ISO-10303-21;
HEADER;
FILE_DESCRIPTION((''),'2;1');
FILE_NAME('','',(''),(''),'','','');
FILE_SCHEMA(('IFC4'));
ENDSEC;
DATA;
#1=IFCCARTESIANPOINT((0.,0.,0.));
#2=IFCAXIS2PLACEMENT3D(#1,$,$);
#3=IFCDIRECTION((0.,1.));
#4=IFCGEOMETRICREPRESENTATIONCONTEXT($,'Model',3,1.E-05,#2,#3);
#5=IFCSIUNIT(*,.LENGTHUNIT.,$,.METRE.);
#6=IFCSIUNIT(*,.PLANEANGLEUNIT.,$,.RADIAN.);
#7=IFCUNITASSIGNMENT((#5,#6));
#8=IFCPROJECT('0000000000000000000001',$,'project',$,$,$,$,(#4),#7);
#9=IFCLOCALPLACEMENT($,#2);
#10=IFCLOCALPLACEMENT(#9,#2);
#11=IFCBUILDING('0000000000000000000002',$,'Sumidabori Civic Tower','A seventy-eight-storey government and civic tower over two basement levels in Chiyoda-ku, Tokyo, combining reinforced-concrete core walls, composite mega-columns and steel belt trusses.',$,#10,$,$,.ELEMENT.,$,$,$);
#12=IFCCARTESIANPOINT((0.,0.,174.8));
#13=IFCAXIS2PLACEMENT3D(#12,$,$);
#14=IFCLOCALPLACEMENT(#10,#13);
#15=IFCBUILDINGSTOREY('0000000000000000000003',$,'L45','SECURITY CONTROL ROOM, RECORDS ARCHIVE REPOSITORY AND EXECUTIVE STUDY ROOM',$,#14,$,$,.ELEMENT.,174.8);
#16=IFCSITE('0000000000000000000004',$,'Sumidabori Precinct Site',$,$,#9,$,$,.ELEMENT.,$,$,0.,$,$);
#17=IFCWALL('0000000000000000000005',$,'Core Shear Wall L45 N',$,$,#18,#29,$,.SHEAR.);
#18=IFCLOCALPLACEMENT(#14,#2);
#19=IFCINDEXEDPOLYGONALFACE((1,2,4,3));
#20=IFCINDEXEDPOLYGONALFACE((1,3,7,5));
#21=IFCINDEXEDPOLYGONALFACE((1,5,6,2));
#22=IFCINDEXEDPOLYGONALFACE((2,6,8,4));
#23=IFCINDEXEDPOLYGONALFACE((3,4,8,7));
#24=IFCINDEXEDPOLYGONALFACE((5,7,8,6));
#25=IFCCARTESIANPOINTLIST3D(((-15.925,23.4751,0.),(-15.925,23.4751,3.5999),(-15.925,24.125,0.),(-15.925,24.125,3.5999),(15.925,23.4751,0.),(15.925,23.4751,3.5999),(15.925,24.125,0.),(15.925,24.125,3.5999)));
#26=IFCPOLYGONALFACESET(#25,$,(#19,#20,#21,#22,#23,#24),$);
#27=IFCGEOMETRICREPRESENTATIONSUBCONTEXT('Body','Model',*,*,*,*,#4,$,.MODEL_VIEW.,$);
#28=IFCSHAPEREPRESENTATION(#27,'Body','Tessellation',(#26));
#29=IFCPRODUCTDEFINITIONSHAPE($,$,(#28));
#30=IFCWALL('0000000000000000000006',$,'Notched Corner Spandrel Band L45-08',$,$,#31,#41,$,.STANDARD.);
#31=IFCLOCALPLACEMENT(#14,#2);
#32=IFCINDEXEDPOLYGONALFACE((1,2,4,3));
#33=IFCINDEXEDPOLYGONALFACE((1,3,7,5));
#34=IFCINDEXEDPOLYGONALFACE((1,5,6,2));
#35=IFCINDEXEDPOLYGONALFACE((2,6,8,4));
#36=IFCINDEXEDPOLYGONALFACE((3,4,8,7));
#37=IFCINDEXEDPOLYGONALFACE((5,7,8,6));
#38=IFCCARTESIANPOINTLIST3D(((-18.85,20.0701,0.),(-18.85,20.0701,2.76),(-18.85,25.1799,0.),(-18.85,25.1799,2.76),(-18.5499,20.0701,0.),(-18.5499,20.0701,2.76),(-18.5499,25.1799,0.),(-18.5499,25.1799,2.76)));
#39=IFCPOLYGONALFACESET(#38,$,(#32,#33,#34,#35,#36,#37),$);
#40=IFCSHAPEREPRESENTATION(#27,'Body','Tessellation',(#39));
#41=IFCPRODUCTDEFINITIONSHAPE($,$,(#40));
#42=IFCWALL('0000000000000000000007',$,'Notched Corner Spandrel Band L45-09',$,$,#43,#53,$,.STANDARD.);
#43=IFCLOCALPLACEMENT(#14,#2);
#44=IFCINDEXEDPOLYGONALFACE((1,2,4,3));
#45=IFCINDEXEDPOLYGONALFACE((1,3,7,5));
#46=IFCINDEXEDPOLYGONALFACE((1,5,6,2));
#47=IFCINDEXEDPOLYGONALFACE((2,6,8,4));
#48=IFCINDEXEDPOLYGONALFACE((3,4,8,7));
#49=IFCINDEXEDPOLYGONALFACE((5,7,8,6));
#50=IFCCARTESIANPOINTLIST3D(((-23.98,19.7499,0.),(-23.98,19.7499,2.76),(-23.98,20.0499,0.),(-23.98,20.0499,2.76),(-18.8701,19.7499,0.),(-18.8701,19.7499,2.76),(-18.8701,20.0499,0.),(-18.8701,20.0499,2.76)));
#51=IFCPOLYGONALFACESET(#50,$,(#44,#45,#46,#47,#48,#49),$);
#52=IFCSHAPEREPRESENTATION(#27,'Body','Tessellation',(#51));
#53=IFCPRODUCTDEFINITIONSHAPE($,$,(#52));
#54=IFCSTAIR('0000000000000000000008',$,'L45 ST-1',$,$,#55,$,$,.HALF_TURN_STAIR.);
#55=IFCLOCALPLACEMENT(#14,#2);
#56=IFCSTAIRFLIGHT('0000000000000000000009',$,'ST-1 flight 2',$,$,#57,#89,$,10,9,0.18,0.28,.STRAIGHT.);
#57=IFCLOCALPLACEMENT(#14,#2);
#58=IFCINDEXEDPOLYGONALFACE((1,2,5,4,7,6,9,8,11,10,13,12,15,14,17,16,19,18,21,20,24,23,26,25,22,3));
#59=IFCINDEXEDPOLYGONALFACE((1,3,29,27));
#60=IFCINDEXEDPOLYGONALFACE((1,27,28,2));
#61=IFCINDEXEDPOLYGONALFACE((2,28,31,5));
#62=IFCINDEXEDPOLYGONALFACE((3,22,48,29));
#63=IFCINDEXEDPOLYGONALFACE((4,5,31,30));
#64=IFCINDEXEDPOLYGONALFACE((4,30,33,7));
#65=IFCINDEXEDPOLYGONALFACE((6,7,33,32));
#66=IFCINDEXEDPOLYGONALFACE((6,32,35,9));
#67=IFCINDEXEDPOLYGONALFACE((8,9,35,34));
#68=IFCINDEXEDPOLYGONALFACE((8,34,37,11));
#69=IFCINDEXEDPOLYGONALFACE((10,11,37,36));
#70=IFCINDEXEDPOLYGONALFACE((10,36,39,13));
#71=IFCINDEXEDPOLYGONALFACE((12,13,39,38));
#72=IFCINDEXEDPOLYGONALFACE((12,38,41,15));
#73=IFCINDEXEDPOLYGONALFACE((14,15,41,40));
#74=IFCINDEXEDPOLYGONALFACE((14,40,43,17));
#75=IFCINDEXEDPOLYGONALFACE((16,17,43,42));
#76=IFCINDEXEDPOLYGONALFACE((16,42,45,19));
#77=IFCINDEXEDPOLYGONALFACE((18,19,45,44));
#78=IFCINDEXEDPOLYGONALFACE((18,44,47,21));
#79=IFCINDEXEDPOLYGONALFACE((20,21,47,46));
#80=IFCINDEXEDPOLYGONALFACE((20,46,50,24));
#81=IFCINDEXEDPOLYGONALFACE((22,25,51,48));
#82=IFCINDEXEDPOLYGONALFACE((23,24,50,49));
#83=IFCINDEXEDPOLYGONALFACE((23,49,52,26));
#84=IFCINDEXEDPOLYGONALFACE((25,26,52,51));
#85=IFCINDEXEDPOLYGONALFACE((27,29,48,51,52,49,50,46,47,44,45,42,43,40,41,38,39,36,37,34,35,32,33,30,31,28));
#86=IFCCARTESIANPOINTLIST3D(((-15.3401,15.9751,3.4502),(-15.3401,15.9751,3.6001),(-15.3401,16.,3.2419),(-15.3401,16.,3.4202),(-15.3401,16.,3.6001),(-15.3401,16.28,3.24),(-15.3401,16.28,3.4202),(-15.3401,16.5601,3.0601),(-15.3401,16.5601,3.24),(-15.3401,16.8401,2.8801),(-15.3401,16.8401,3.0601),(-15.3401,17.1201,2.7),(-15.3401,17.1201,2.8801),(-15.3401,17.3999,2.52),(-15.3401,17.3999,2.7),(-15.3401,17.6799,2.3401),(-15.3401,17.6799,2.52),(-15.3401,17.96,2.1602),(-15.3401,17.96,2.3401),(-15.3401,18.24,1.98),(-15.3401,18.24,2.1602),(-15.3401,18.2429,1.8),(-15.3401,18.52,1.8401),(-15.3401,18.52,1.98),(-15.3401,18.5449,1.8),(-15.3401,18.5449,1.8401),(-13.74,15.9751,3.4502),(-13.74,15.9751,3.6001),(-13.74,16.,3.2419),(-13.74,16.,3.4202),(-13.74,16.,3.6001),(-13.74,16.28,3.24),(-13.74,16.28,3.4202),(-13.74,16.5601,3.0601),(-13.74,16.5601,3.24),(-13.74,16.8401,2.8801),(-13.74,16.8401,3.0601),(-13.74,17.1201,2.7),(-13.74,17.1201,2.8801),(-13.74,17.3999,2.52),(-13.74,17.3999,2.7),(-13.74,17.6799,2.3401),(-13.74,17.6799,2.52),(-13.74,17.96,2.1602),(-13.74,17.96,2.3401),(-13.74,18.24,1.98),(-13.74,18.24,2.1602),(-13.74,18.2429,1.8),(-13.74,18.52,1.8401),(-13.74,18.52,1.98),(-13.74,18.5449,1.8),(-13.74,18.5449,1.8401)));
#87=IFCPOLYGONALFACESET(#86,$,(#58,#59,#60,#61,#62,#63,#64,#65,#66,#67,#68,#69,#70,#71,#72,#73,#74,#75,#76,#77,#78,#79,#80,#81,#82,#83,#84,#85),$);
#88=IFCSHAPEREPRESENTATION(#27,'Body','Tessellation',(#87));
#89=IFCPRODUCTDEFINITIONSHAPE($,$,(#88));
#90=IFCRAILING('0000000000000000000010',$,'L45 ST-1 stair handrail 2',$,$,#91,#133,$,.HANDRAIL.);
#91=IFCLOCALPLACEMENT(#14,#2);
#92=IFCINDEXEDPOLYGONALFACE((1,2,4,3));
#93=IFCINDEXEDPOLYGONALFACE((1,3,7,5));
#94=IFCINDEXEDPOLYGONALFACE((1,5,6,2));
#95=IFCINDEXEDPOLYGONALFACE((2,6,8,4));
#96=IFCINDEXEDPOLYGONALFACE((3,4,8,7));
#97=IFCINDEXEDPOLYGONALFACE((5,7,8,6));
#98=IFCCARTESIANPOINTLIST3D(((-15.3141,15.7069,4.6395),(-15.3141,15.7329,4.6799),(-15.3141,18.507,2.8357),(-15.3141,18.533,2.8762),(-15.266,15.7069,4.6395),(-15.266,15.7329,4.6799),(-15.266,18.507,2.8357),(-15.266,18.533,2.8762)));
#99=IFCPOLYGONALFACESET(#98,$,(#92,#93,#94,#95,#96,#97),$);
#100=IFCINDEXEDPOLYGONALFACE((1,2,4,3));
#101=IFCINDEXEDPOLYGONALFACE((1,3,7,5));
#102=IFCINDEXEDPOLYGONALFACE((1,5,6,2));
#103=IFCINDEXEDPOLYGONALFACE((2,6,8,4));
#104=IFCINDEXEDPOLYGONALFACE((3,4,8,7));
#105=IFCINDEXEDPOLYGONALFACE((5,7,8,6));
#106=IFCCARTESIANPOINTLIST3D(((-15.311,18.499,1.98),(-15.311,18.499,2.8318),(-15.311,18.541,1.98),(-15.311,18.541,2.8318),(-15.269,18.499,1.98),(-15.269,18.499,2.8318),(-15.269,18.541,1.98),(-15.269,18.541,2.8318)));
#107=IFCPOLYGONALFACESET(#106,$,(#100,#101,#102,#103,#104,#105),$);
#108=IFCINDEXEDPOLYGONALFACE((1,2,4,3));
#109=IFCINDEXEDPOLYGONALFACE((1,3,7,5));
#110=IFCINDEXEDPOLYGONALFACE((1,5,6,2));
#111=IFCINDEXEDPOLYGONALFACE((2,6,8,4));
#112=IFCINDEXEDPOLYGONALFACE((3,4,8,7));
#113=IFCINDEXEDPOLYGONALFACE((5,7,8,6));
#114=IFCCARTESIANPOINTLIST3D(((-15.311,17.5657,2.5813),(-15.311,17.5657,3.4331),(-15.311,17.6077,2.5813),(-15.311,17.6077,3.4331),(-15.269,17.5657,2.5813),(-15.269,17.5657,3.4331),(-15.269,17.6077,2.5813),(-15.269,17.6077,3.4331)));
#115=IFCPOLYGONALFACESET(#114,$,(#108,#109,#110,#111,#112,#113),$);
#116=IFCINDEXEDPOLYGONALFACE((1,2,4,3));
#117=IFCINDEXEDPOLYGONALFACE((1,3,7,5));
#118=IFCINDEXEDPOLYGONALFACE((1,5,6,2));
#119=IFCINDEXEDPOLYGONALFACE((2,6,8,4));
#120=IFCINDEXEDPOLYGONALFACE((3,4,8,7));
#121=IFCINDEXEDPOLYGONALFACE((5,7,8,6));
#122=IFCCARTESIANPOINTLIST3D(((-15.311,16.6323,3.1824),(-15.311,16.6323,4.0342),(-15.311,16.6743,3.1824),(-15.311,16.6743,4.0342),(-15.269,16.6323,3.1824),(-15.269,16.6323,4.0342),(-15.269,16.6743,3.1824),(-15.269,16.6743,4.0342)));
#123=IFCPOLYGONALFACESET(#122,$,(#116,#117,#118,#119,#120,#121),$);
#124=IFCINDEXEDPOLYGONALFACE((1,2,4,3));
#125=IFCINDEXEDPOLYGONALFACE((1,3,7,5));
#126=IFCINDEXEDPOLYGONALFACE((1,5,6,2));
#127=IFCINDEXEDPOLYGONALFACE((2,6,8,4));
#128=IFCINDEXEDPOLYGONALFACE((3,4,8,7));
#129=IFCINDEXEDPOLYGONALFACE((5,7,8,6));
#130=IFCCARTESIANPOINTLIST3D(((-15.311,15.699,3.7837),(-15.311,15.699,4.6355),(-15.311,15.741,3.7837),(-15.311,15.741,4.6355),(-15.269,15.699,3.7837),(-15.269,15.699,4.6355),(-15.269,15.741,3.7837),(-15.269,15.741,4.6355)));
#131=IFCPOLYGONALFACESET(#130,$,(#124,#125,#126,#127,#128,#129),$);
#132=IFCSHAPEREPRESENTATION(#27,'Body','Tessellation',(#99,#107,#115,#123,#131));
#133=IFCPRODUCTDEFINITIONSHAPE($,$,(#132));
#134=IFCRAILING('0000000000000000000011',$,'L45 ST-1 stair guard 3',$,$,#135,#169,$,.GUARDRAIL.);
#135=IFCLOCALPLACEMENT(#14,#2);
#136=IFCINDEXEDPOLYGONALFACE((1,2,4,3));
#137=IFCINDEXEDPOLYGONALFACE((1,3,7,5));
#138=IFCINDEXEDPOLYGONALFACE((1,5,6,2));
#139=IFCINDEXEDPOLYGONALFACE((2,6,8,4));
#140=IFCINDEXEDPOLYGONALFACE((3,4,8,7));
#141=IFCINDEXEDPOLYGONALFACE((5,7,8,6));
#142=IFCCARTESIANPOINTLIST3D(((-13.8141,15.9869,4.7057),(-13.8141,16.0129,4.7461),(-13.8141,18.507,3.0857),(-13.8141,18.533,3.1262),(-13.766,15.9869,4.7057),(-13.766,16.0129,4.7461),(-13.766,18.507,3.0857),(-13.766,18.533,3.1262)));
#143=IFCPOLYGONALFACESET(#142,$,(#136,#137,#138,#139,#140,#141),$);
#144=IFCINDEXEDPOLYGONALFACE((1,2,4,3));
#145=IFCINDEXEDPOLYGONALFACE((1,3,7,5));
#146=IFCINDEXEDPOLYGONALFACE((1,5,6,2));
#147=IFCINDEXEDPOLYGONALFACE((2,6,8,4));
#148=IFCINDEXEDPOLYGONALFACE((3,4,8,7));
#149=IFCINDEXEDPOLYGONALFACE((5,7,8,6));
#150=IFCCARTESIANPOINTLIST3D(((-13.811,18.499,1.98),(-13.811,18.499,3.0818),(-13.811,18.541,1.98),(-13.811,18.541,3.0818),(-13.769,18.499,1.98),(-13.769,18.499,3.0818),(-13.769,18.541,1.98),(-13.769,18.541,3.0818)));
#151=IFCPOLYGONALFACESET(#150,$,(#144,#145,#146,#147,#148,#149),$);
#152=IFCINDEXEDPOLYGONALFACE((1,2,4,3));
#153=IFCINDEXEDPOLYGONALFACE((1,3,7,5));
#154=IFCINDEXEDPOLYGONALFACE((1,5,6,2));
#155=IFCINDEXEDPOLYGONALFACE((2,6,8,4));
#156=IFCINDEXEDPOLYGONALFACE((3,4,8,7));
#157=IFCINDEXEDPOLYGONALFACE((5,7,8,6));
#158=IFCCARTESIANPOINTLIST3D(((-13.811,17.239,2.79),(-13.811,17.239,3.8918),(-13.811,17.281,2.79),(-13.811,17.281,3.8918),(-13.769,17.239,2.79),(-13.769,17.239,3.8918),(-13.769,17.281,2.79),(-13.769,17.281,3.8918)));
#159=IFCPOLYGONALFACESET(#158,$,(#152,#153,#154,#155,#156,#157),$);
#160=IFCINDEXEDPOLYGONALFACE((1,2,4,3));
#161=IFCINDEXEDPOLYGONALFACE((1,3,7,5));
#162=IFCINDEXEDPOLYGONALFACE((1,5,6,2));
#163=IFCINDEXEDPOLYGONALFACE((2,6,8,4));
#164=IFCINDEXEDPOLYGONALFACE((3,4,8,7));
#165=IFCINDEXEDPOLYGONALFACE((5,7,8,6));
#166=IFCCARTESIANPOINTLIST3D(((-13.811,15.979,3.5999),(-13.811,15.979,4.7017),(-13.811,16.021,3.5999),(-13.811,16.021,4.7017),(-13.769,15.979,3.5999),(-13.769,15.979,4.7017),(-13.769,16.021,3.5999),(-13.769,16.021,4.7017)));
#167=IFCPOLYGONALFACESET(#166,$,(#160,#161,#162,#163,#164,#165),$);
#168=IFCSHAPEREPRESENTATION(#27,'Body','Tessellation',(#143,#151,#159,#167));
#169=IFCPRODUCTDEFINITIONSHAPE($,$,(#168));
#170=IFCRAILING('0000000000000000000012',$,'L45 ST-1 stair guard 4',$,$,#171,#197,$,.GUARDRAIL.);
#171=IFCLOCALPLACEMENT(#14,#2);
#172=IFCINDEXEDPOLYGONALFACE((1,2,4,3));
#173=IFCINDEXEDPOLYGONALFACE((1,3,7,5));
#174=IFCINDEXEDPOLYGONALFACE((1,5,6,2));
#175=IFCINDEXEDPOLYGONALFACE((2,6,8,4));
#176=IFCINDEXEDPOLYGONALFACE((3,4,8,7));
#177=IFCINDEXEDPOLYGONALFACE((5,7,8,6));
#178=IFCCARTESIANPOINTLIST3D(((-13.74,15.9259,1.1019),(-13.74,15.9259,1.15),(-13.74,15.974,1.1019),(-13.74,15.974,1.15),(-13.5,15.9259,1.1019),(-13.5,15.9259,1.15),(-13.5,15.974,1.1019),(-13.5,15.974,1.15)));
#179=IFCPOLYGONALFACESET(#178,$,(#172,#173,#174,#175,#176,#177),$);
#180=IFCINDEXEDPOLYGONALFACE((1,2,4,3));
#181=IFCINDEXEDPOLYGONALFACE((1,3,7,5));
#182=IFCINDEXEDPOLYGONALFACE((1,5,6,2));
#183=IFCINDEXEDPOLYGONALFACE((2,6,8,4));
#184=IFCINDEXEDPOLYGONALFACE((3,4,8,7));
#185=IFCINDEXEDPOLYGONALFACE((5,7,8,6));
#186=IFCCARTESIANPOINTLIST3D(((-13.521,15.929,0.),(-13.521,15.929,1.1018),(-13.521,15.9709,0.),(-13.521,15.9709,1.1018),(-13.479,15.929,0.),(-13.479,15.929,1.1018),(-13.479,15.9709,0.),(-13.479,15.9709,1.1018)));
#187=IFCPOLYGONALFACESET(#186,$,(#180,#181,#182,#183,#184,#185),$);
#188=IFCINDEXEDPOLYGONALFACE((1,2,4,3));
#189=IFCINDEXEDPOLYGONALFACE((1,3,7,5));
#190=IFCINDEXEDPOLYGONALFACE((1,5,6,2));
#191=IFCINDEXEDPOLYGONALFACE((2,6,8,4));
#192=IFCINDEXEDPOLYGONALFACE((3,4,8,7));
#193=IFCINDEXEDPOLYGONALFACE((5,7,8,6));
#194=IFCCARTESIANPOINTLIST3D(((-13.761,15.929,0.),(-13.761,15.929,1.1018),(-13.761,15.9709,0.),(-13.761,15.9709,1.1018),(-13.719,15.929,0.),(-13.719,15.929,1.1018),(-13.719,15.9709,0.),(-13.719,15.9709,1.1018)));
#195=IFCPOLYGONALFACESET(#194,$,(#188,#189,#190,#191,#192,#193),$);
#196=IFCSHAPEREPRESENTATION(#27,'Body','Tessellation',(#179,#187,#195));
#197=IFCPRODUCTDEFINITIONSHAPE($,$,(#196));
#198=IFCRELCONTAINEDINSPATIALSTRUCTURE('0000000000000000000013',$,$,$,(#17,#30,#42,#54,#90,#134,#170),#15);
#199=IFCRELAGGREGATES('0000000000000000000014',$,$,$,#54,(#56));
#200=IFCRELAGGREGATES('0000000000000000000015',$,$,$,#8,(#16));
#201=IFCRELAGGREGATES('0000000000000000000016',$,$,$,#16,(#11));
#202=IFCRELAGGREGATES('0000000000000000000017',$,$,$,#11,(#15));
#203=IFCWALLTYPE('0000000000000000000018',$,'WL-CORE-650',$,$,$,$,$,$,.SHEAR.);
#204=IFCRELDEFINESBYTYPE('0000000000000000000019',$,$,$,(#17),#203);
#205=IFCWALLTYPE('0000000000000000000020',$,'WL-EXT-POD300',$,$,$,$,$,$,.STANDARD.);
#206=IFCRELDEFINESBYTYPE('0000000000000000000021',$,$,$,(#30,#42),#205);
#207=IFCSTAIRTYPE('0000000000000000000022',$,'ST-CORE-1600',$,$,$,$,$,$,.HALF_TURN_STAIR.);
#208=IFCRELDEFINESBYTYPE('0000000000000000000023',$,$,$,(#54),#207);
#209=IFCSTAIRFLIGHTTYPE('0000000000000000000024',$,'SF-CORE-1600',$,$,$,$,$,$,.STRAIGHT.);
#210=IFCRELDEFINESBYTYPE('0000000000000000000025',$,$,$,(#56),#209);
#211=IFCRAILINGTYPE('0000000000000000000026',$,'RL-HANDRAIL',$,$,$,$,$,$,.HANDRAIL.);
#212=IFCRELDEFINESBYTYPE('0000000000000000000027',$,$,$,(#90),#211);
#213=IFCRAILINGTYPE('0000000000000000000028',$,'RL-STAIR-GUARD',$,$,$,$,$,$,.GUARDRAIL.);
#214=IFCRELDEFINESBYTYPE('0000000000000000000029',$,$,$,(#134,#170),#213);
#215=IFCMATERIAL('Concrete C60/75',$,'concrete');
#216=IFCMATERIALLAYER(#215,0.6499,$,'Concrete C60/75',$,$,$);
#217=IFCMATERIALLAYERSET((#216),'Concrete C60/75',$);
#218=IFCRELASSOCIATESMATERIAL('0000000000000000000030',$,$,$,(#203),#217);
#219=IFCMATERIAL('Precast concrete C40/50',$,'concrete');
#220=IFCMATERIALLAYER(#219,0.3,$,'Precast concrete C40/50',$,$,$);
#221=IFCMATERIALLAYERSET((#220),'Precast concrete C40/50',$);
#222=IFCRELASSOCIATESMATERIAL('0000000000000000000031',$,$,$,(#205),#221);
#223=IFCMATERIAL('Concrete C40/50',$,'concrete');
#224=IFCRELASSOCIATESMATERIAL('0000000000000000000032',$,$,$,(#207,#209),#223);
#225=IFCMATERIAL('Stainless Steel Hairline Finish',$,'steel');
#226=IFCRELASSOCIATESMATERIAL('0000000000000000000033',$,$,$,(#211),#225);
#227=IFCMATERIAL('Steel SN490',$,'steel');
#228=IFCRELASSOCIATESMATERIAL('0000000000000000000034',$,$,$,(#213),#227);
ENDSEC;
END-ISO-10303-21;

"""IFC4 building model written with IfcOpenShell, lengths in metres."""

from ifc_helpers import new_model, si_unit, direction, frame, frame_2d, origin, origin_2d, place, context, subcontext, project, spatial, polyline, rectangle, outline, extrude, source, transform, mapped, material, layer, layer_set, type_object, element, aggregate, save


model = new_model("IFC4")

# Units and contexts
model_context = context("Model", 3, precision=1e-05, world=origin(), true_north=direction((0.0, 1.0)))
body_context = subcontext(model_context, "Body", "Model", "MODEL_VIEW")
ifc_project = project(units=[si_unit("LENGTHUNIT", "METRE"), si_unit("PLANEANGLEUNIT", "RADIAN")], contexts=[model_context])

# Site, building, storey
site_placement = place(None, origin())
site = spatial("IfcSite", under=ifc_project, at=site_placement, Name="Sumidabori Precinct Site", CompositionType="ELEMENT", RefElevation=0.0)
building_placement = place(site_placement, origin())
building = spatial("IfcBuilding", under=site, at=building_placement, Name="Sumidabori Civic Tower", Description="A seventy-eight-storey government and civic tower over two basement levels in Chiyoda-ku, Tokyo, combining reinforced-concrete core walls, composite mega-columns and steel belt trusses.", CompositionType="ELEMENT")
storey_placement = place(building_placement, frame((0.0, 0.0, 174.8)))
storey = spatial("IfcBuildingStorey", under=building, at=storey_placement, Name="L45", Description="SECURITY CONTROL ROOM, RECORDS ARCHIVE REPOSITORY AND EXECUTIVE STUDY ROOM", CompositionType="ELEMENT", Elevation=174.8)

# Shared definitions
ifc_material_1 = material(Name="Concrete C60/75", Category="concrete")

# Shared definitions
ifc_material_2 = material(Name="Steel SN490", Category="steel")

# Walls
ifc_layer_1 = layer(ifc_material_1, 0.6499, Name="Concrete C60/75")
ifc_layer_set_1 = layer_set([ifc_layer_1], Name="Concrete C60/75")
wall_type_1 = type_object("IfcWallType", Name="WL-CORE-650", PredefinedType="SHEAR", material=ifc_layer_set_1)
shared_shape_1 = source(origin(), body_context, "Body", "SweptSolid", [
    extrude(rectangle(XDim=31.8501, YDim=0.6499, at=frame_2d((15.925, 0.0))), origin(), (0.0, 0.0, 1.0), 3.5999),
])
wall_placement = place(storey_placement, frame((-15.925, 23.8, 0.0), z_axis=(0.0, 0.0, 1.0), x_axis=(1.0, 0.0, 0.0)))
element("IfcWall", 1, at=wall_placement, inside=storey, type_object=wall_type_1, Name="Core Shear Wall L45 N", PredefinedType="SHEAR", context=body_context, shape_type="MappedRepresentation", body=[
    mapped(shared_shape_1, transform((0.0, 0.0, 0.0), x_axis=(1.0, 0.0, 0.0), y_axis=(0.0, 1.0, 0.0), z_axis=(0.0, 0.0, 1.0), scale=1.0)),
])
ifc_material_3 = material(Name="Precast concrete C40/50", Category="concrete")
ifc_layer_2 = layer(ifc_material_3, 0.3, Name="Precast concrete C40/50")
ifc_layer_set_2 = layer_set([ifc_layer_2], Name="Precast concrete C40/50")
wall_type_2 = type_object("IfcWallType", Name="WL-EXT-POD300", PredefinedType="STANDARD", material=ifc_layer_set_2)
shared_shape_2 = source(origin(), body_context, "Body", "SweptSolid", [
    extrude(rectangle(XDim=5.1099, YDim=0.3, at=frame_2d((2.5549, 0.0))), origin(), (0.0, 0.0, 1.0), 2.76),
])
for number, where, z_axis, x_axis, name in (
    (2, (-18.7, 25.1799, 0.0), (0.0, 0.0, 1.0), (0.0, -1.0, 0.0), "Notched Corner Spandrel Band L45-08"),
    (3, (-18.8701, 19.8999, 0.0), (0.0, 0.0, 1.0), (-1.0, 0.0, 0.0), "Notched Corner Spandrel Band L45-09"),
):
    element("IfcWall", number, at=place(storey_placement, frame(where, z_axis=z_axis, x_axis=x_axis)), inside=storey, type_object=wall_type_2, Name=name, PredefinedType="STANDARD", context=body_context, shape_type="MappedRepresentation", body=[
        mapped(shared_shape_2, transform((0.0, 0.0, 0.0), x_axis=(1.0, 0.0, 0.0), y_axis=(0.0, 1.0, 0.0), z_axis=(0.0, 0.0, 1.0), scale=1.0)),
    ])

# Stair, stair flight
ifc_material_4 = material(Name="Concrete C40/50", Category="concrete")
stair_type = type_object("IfcStairType", Name="ST-CORE-1600", PredefinedType="HALF_TURN_STAIR", material=ifc_material_4)
stair_placement = place(storey_placement, origin())
stair = element("IfcStair", 4, at=stair_placement, inside=storey, type_object=stair_type, Name="L45 ST-1", PredefinedType="HALF_TURN_STAIR")
stair_flight_type = type_object("IfcStairFlightType", Name="SF-CORE-1600", PredefinedType="STRAIGHT", material=ifc_material_4)
shared_shape_3 = source(origin(), body_context, "Body", "SweptSolid", [
    extrude(outline(polyline([(-0.0249, 0.0), (-0.0249, 0.04), (0.0, 0.04), (0.0, 0.1799), (0.28, 0.1799), (0.28, 0.3601), (0.5601, 0.3601), (0.5601, 0.54), (0.8401, 0.54), (0.8401, 0.72), (1.1201, 0.72), (1.1201, 0.8999), (1.3999, 0.8999), (1.3999, 1.0801), (1.6799, 1.0801), (1.6799, 1.26), (1.96, 1.26), (1.96, 1.4399), (2.24, 1.4399), (2.24, 1.6201), (2.52, 1.6201), (2.52, 1.8), (2.5449, 1.8), (2.5449, 1.6501), (2.52, 1.4419), (0.2771, 0.0), (-0.0249, 0.0)])), frame((0.0, 0.8, 0.0), z_axis=(0.0, -1.0, 0.0), x_axis=(1.0, 0.0, 0.0)), (0.0, 0.0, 1.0), 1.6001),
])
stair_flight_placement = place(storey_placement, frame((-14.54, 18.52, 1.8), z_axis=(0.0, 0.0, 1.0), x_axis=(0.0, -1.0, 0.0)))
stair_flight = element("IfcStairFlight", 5, at=stair_flight_placement, type_object=stair_flight_type, Name="ST-1 flight 2", NumberOfRisers=10, NumberOfTreads=9, PredefinedType="STRAIGHT", RiserHeight=0.18, TreadLength=0.28, context=body_context, shape_type="MappedRepresentation", body=[
    mapped(shared_shape_3, transform((0.0, 0.0, 0.0), x_axis=(1.0, 0.0, 0.0), y_axis=(0.0, 1.0, 0.0), z_axis=(0.0, 0.0, 1.0), scale=1.0)),
])
aggregate(stair, [stair_flight])

# Railings
ifc_material_5 = material(Name="Stainless Steel Hairline Finish", Category="steel")
railing_type_1 = type_object("IfcRailingType", Name="RL-HANDRAIL", PredefinedType="HANDRAIL", material=ifc_material_5)
railing_1_placement = place(storey_placement, frame((-15.29, 18.52, 1.98)))
element("IfcRailing", 6, at=railing_1_placement, inside=storey, type_object=railing_type_1, Name="L45 ST-1 stair handrail 2", PredefinedType="HANDRAIL", context=body_context, shape_type="SweptSolid", body=[
    extrude(rectangle(XDim=0.0481, YDim=0.0481, at=origin_2d()), frame((0.0, 0.0, 0.876), z_axis=(0.0, -0.840676, 0.541539), x_axis=(1.0, 0.0, 0.0)), (0.0, 0.0, 1.0), 3.3308),
    extrude(rectangle(XDim=0.042, YDim=0.042, at=origin_2d()), origin(), (0.0, 0.0, 1.0), 0.8518),
    extrude(rectangle(XDim=0.042, YDim=0.042, at=origin_2d()), frame((0.0, -0.9333, 0.6013)), (0.0, 0.0, 1.0), 0.8518),
    extrude(rectangle(XDim=0.042, YDim=0.042, at=origin_2d()), frame((0.0, -1.8667, 1.2024)), (0.0, 0.0, 1.0), 0.8518),
    extrude(rectangle(XDim=0.042, YDim=0.042, at=origin_2d()), frame((0.0, -2.8, 1.8037)), (0.0, 0.0, 1.0), 0.8518),
])
railing_type_2 = type_object("IfcRailingType", Name="RL-STAIR-GUARD", PredefinedType="GUARDRAIL", material=ifc_material_2)
railing_2_placement = place(storey_placement, frame((-13.79, 18.52, 1.98)))
element("IfcRailing", 7, at=railing_2_placement, inside=storey, type_object=railing_type_2, Name="L45 ST-1 stair guard 3", PredefinedType="GUARDRAIL", context=body_context, shape_type="SweptSolid", body=[
    extrude(rectangle(XDim=0.0481, YDim=0.0481, at=origin_2d()), frame((0.0, 0.0, 1.126), z_axis=(0.0, -0.8412, 0.540725), x_axis=(1.0, 0.0, 0.0)), (0.0, 0.0, 1.0), 2.9958),
    extrude(rectangle(XDim=0.042, YDim=0.042, at=origin_2d()), origin(), (0.0, 0.0, 1.0), 1.1018),
    extrude(rectangle(XDim=0.042, YDim=0.042, at=origin_2d()), frame((0.0, -1.26, 0.8101)), (0.0, 0.0, 1.0), 1.1018),
    extrude(rectangle(XDim=0.042, YDim=0.042, at=origin_2d()), frame((0.0, -2.52, 1.6199)), (0.0, 0.0, 1.0), 1.1018),
])
railing_3_placement = place(storey_placement, frame((-13.5, 15.95, 0.0)))
element("IfcRailing", 8, at=railing_3_placement, inside=storey, type_object=railing_type_2, Name="L45 ST-1 stair guard 4", PredefinedType="GUARDRAIL", context=body_context, shape_type="SweptSolid", body=[
    extrude(rectangle(XDim=0.0481, YDim=0.0481, at=origin_2d()), frame((0.0, 0.0, 1.126), z_axis=(-1.0, 0.0, 0.0), x_axis=(0.0, -1.0, 0.0)), (0.0, 0.0, 1.0), 0.24),
    extrude(rectangle(XDim=0.042, YDim=0.042, at=origin_2d()), origin(), (0.0, 0.0, 1.0), 1.1018),
    extrude(rectangle(XDim=0.042, YDim=0.042, at=origin_2d()), frame((-0.24, 0.0, 0.0)), (0.0, 0.0, 1.0), 1.1018),
])

save(model, "model.ifc")
